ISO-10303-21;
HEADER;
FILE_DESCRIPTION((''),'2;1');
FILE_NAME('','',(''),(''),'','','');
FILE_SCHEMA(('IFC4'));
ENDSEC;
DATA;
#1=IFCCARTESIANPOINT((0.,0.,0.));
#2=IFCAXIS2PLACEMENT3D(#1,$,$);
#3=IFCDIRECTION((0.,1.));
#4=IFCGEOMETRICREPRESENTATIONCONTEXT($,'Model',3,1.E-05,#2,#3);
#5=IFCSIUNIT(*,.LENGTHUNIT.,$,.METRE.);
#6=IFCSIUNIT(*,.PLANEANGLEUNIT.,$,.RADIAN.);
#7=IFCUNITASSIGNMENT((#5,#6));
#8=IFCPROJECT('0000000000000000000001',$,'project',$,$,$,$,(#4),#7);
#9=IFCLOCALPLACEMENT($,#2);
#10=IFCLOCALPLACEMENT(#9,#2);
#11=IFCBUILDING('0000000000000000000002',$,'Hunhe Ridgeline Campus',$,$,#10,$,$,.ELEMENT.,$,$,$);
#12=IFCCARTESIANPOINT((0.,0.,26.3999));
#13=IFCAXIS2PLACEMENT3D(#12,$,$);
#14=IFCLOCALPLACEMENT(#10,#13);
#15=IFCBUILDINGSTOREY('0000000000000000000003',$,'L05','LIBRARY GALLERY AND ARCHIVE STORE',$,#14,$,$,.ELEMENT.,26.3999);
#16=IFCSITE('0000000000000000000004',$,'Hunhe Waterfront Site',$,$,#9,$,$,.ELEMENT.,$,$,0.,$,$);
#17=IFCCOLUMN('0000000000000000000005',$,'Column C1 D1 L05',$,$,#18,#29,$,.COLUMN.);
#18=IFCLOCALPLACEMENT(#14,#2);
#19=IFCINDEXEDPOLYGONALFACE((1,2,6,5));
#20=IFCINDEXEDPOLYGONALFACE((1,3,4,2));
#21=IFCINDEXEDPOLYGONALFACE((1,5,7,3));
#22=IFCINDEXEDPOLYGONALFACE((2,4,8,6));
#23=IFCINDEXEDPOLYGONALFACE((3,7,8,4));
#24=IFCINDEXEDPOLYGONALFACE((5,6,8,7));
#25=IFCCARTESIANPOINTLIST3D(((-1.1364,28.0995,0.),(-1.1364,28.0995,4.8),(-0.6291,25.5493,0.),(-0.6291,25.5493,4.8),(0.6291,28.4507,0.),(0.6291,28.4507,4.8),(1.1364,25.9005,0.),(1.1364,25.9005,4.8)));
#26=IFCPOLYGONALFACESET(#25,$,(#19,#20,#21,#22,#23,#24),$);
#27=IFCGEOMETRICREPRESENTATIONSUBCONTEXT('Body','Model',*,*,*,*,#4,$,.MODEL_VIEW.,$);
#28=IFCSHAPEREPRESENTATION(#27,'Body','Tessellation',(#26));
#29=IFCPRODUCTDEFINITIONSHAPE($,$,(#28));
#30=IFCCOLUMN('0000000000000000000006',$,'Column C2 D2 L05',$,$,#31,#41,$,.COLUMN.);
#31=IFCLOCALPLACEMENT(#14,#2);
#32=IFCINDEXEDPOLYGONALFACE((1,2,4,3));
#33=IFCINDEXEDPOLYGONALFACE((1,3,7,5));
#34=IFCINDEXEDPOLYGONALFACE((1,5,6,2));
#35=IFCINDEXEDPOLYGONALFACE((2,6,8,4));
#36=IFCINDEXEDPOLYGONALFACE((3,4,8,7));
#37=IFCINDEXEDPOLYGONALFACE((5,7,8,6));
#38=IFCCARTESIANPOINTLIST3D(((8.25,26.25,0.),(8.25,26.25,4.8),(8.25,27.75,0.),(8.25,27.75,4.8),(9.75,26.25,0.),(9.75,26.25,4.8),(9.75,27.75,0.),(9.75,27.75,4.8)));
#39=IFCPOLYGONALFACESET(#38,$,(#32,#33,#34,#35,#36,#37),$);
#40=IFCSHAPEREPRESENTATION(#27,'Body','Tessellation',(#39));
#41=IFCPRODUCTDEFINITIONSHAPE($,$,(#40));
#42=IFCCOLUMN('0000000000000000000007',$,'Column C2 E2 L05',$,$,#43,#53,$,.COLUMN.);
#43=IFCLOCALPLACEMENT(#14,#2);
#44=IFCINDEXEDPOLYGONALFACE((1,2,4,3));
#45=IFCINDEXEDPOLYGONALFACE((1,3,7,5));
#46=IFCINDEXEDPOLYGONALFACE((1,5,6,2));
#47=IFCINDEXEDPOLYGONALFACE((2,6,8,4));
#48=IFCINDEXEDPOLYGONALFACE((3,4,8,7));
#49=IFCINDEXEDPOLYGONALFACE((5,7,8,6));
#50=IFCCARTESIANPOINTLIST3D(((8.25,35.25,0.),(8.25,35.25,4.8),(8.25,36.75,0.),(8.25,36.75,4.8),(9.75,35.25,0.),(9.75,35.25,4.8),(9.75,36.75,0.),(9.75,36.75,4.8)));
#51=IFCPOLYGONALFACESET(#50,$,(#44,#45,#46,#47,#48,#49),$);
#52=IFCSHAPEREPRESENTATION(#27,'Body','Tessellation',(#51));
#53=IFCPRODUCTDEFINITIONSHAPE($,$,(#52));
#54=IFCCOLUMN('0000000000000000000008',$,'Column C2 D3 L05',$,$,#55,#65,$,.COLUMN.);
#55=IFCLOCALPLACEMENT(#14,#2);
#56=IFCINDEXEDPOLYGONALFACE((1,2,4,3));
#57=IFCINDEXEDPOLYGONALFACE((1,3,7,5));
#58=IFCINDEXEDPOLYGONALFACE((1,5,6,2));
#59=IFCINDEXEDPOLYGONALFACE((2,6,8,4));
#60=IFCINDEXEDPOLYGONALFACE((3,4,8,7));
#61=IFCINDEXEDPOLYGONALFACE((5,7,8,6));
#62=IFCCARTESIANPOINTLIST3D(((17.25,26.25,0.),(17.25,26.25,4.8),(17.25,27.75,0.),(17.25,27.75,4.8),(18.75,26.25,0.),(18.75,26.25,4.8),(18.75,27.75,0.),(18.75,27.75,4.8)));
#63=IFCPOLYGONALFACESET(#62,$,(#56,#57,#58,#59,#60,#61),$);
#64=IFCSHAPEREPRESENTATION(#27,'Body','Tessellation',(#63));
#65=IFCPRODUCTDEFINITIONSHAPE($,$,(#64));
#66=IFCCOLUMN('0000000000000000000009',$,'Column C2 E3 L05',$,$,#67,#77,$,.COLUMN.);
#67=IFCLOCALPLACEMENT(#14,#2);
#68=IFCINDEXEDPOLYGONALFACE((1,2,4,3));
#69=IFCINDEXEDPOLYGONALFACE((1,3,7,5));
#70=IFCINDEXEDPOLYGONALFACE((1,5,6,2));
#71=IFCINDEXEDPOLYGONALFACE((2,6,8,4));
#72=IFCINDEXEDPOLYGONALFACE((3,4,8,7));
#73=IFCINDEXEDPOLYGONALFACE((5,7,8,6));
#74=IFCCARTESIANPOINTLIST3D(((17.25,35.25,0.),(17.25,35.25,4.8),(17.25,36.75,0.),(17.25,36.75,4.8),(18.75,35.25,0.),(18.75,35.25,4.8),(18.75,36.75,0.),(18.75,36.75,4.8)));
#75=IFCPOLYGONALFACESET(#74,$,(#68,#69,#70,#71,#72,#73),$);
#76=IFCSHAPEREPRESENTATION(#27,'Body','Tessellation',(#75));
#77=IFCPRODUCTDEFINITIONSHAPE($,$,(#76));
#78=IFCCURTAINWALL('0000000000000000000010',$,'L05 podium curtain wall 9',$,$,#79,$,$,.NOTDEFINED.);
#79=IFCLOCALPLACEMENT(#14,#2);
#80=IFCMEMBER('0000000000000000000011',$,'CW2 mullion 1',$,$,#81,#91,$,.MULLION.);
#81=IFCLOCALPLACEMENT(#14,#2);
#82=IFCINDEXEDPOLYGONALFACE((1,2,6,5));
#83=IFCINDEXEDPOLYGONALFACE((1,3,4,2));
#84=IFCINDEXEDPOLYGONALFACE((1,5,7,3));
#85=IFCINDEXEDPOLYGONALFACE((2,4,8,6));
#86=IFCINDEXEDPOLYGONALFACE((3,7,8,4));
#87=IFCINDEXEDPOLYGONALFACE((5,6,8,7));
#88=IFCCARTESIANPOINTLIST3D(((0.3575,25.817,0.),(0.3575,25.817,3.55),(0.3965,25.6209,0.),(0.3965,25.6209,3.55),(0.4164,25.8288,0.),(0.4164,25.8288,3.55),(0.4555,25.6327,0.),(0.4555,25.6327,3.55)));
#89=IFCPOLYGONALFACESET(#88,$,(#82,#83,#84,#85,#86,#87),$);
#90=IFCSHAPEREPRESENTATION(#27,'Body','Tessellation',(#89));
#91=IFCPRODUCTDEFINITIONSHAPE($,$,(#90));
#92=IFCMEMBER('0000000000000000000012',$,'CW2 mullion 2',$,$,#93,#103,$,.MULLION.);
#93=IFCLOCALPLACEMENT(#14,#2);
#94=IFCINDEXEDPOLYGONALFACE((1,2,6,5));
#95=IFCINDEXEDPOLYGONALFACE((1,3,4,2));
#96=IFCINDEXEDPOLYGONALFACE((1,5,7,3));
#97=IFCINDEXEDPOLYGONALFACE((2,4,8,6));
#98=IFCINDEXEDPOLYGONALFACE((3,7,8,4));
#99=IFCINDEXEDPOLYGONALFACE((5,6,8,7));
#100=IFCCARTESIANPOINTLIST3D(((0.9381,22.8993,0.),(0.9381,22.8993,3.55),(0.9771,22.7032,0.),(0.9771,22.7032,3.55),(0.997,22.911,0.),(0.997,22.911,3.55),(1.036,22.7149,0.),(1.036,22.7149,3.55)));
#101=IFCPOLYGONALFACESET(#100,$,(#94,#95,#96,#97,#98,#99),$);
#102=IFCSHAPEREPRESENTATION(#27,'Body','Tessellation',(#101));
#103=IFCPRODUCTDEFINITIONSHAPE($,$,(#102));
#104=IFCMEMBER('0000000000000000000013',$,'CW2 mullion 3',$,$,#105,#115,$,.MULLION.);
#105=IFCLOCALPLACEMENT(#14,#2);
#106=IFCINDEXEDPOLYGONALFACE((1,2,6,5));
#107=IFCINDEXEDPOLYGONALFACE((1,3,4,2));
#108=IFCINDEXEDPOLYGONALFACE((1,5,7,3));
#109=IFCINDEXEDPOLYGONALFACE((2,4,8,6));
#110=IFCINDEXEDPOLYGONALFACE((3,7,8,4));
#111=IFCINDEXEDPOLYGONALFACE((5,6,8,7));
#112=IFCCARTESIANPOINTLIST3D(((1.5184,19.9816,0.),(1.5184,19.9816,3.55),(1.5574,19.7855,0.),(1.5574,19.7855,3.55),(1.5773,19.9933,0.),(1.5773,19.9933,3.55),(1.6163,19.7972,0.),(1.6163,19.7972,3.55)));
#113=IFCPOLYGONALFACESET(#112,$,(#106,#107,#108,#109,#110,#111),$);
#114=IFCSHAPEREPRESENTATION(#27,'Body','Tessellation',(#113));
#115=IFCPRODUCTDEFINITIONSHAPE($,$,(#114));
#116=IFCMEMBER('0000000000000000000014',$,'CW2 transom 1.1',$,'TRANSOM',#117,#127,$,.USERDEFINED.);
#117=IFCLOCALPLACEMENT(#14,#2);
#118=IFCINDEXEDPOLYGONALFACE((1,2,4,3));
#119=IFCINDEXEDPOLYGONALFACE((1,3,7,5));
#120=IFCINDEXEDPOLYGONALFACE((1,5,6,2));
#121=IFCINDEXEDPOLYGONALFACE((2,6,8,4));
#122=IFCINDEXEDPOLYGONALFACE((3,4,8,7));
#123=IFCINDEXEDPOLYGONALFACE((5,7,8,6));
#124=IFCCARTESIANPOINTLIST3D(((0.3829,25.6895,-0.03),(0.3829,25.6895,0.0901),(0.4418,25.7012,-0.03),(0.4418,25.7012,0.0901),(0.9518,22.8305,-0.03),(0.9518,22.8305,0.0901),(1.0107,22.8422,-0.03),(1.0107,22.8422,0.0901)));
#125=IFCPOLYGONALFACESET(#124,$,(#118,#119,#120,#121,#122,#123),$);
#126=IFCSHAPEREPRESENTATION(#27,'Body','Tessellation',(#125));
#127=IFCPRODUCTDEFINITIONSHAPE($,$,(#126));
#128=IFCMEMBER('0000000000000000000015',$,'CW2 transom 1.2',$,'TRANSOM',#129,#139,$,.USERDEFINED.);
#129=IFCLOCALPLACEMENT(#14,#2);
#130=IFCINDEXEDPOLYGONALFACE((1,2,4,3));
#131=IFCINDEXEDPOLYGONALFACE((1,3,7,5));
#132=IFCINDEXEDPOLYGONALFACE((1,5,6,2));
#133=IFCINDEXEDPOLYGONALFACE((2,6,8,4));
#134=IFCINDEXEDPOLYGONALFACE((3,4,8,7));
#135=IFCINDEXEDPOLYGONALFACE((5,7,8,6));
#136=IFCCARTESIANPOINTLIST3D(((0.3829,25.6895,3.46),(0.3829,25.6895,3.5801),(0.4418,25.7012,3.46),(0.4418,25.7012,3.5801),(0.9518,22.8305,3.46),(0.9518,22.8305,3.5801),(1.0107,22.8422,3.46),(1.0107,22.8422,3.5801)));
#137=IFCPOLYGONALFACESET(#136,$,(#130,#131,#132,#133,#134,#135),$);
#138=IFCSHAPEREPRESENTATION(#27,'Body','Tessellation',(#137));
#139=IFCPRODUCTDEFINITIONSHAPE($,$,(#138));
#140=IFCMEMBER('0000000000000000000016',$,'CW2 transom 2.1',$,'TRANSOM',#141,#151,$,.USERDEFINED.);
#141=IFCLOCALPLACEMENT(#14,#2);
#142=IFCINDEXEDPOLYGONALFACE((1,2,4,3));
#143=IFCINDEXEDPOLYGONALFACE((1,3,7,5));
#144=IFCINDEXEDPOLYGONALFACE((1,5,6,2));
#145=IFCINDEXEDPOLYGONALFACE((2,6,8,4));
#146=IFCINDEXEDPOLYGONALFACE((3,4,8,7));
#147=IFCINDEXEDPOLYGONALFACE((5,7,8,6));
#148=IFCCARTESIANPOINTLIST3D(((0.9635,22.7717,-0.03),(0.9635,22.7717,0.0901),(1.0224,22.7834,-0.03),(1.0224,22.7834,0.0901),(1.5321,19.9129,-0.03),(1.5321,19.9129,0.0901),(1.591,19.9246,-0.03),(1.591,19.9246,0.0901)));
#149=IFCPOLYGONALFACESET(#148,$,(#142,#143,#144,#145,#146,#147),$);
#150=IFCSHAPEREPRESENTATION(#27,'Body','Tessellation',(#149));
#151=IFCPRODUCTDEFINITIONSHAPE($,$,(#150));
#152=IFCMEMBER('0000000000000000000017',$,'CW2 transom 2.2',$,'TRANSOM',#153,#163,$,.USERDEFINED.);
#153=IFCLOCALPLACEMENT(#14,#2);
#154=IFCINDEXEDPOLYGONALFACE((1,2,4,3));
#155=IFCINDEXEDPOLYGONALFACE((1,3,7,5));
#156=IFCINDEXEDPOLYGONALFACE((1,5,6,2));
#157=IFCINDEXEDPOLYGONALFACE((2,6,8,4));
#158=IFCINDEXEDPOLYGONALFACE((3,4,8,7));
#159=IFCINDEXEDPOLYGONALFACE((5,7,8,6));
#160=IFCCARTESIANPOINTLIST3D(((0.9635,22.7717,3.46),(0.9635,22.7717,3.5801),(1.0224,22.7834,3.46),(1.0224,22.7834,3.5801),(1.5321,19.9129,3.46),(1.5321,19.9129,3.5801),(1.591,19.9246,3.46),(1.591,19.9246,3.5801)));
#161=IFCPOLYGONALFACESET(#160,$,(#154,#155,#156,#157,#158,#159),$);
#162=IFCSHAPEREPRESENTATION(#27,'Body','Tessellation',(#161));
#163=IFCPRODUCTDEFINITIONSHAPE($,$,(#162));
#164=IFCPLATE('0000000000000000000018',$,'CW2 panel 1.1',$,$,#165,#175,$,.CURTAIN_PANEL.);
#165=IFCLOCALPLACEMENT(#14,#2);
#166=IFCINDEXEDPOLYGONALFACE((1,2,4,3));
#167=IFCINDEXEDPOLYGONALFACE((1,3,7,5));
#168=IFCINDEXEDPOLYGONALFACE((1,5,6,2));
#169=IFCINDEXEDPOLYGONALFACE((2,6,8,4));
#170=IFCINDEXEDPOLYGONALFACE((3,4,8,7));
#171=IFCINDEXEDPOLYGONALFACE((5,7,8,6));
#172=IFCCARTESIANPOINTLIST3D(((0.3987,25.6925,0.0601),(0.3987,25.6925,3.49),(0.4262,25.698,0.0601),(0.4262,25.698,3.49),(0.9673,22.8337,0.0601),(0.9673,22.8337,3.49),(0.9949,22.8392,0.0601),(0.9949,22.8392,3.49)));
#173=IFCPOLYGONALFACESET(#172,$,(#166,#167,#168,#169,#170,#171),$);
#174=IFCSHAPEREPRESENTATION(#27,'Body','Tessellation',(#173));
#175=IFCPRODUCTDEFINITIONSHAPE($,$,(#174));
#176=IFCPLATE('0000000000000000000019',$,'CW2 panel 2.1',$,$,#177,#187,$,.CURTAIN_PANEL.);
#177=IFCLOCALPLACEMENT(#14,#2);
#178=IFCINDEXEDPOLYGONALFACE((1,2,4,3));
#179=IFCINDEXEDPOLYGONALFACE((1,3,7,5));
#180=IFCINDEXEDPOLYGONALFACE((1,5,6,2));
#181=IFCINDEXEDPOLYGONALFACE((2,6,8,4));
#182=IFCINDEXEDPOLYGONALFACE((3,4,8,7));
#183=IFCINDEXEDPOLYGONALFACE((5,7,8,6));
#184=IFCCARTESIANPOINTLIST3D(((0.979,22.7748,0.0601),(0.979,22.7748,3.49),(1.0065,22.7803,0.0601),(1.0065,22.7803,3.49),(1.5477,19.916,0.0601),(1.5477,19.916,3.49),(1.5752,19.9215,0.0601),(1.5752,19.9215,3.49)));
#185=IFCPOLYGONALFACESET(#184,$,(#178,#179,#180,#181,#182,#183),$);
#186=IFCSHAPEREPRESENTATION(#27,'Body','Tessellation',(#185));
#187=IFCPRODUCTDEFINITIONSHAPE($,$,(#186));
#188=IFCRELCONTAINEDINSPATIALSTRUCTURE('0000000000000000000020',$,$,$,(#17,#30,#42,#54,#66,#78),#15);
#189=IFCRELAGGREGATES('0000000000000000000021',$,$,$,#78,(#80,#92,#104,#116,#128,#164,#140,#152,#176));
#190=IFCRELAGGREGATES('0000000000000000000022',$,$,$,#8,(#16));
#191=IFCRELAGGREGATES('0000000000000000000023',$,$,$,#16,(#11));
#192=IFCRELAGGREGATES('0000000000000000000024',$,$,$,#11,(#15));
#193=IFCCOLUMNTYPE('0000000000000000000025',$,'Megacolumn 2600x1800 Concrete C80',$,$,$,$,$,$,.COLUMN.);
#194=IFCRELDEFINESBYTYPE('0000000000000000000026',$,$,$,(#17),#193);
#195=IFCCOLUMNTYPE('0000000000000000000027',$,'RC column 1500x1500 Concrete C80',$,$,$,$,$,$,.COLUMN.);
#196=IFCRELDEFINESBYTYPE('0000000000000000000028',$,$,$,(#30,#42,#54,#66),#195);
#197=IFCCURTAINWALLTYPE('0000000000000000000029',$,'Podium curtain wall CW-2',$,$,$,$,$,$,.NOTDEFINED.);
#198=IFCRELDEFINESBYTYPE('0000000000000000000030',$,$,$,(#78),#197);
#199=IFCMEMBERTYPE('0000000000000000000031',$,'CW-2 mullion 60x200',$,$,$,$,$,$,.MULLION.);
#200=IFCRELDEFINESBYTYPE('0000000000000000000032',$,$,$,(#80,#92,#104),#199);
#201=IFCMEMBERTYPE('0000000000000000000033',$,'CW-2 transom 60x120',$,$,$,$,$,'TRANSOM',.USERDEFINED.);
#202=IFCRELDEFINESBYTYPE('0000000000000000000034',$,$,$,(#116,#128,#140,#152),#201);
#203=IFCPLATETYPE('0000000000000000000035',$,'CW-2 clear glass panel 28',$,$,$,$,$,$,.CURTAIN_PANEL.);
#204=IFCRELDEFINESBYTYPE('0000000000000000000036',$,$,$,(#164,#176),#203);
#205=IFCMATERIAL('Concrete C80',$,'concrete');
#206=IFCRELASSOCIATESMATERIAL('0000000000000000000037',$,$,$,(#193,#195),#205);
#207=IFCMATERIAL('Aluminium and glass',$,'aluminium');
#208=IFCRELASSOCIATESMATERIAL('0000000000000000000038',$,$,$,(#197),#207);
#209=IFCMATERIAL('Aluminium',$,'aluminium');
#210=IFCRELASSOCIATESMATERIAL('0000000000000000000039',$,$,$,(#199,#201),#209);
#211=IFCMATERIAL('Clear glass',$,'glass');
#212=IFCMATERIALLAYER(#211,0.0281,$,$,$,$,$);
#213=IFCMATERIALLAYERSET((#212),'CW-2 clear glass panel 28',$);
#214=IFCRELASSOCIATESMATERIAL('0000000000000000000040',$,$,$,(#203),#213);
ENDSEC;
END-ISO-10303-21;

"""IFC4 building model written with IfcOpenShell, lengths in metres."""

from ifc_helpers import new_model, si_unit, direction, frame, origin, origin_2d, place, context, subcontext, project, spatial, rectangle, extrude, material, layer, layer_set, material_profile, profile_set, type_object, element, aggregate, save


model = new_model("IFC4")

# Units and contexts
model_context = context("Model", 3, precision=1e-05, world=origin(), true_north=direction((0.0, 1.0)))
body_context = subcontext(model_context, "Body", "Model", "MODEL_VIEW")
ifc_project = project(units=[si_unit("LENGTHUNIT", "METRE"), si_unit("PLANEANGLEUNIT", "RADIAN")], contexts=[model_context])

# Site, building, storey
site_placement = place(None, origin())
site = spatial("IfcSite", under=ifc_project, at=site_placement, Name="Hunhe Waterfront Site", CompositionType="ELEMENT", RefElevation=0.0)
building_placement = place(site_placement, origin())
building = spatial("IfcBuilding", under=site, at=building_placement, Name="Hunhe Ridgeline Campus", CompositionType="ELEMENT")
storey_placement = place(building_placement, frame((0.0, 0.0, 26.3999)))
storey = spatial("IfcBuildingStorey", under=building, at=storey_placement, Name="L05", Description="LIBRARY GALLERY AND ARCHIVE STORE", CompositionType="ELEMENT", Elevation=26.3999)

# Columns
ifc_material_1 = material(Name="Concrete C80", Category="concrete")
ifc_material_profile_1 = material_profile(ifc_material_1, rectangle(XDim=2.6001, YDim=1.8, at=origin_2d()))
ifc_profile_set_1 = profile_set([ifc_material_profile_1], Name="Concrete C80")
column_type_1 = type_object("IfcColumnType", Name="Megacolumn 2600x1800 Concrete C80", PredefinedType="COLUMN", material=ifc_profile_set_1)
column_placement = place(storey_placement, frame((0.0, 27.0, 0.0), z_axis=(0.0, 0.0, 1.0), x_axis=(-0.19509, 0.980785, 0.0)))
element("IfcColumn", 1, at=column_placement, inside=storey, type_object=column_type_1, Name="Column C1 D1 L05", PredefinedType="COLUMN", context=body_context, shape_type="SweptSolid", body=[
    extrude(rectangle(XDim=2.6001, YDim=1.8, at=origin_2d()), origin(), (0.0, 0.0, 1.0), 4.8),
])
ifc_material_profile_2 = material_profile(ifc_material_1, rectangle(XDim=1.5, YDim=1.5, at=origin_2d()))
ifc_profile_set_2 = profile_set([ifc_material_profile_2], Name="Concrete C80")
column_type_2 = type_object("IfcColumnType", Name="RC column 1500x1500 Concrete C80", PredefinedType="COLUMN", material=ifc_profile_set_2)
for number, where, z_axis, x_axis, name in (
    (2, (9.0, 27.0, 0.0), (0.0, 0.0, 1.0), (1.0, 0.0, 0.0), "Column C2 D2 L05"),
    (3, (9.0, 36.0, 0.0), (0.0, 0.0, 1.0), (1.0, 0.0, 0.0), "Column C2 E2 L05"),
    (4, (18.0, 27.0, 0.0), (0.0, 0.0, 1.0), (1.0, 0.0, 0.0), "Column C2 D3 L05"),
    (5, (18.0, 36.0, 0.0), (0.0, 0.0, 1.0), (1.0, 0.0, 0.0), "Column C2 E3 L05"),
):
    element("IfcColumn", number, at=place(storey_placement, frame(where, z_axis=z_axis, x_axis=x_axis)), inside=storey, type_object=column_type_2, Name=name, PredefinedType="COLUMN", context=body_context, shape_type="SweptSolid", body=[
        extrude(rectangle(XDim=1.5, YDim=1.5, at=origin_2d()), origin(), (0.0, 0.0, 1.0), 4.8),
    ])

# Curtain wall, members, plates
ifc_material_2 = material(Name="Aluminium and glass", Category="aluminium")
curtain_wall_type = type_object("IfcCurtainWallType", Name="Podium curtain wall CW-2", PredefinedType="NOTDEFINED", material=ifc_material_2)
curtain_wall_placement = place(storey_placement, origin())
curtain_wall = element("IfcCurtainWall", 6, at=curtain_wall_placement, inside=storey, type_object=curtain_wall_type, Name="L05 podium curtain wall 9", PredefinedType="NOTDEFINED")
ifc_material_3 = material(Name="Aluminium", Category="aluminium")
ifc_material_profile_3 = material_profile(ifc_material_3, rectangle(XDim=0.0601, YDim=0.2, at=origin_2d()))
ifc_profile_set_3 = profile_set([ifc_material_profile_3], Name="Aluminium")
member_type_1 = type_object("IfcMemberType", Name="CW-2 mullion 60x200", PredefinedType="MULLION", material=ifc_profile_set_3)
member_1_placement = place(storey_placement, frame((0.4065, 25.7249, 0.0), z_axis=(0.0, 0.0, 1.0), x_axis=(0.980784, 0.195098, 0.0)))
member_1 = element("IfcMember", 7, at=member_1_placement, type_object=member_type_1, Name="CW2 mullion 1", PredefinedType="MULLION", context=body_context, shape_type="SweptSolid", body=[
    extrude(rectangle(XDim=0.0601, YDim=0.2, at=origin_2d()), origin(), (0.0, 0.0, 1.0), 3.55),
])
member_2_placement = place(storey_placement, frame((0.9871, 22.8071, 0.0), z_axis=(0.0, 0.0, 1.0), x_axis=(0.980784, 0.195098, 0.0)))
member_2 = element("IfcMember", 8, at=member_2_placement, type_object=member_type_1, Name="CW2 mullion 2", PredefinedType="MULLION", context=body_context, shape_type="SweptSolid", body=[
    extrude(rectangle(XDim=0.0601, YDim=0.2, at=origin_2d()), origin(), (0.0, 0.0, 1.0), 3.55),
])
member_3_placement = place(storey_placement, frame((1.5674, 19.8894, 0.0), z_axis=(0.0, 0.0, 1.0), x_axis=(0.980784, 0.195098, 0.0)))
member_3 = element("IfcMember", 9, at=member_3_placement, type_object=member_type_1, Name="CW2 mullion 3", PredefinedType="MULLION", context=body_context, shape_type="SweptSolid", body=[
    extrude(rectangle(XDim=0.0601, YDim=0.2, at=origin_2d()), origin(), (0.0, 0.0, 1.0), 3.55),
])
ifc_material_profile_4 = material_profile(ifc_material_3, rectangle(XDim=0.0601, YDim=0.1201, at=origin_2d()))
ifc_profile_set_4 = profile_set([ifc_material_profile_4], Name="Aluminium")
member_type_2 = type_object("IfcMemberType", Name="CW-2 transom 60x120", ElementType="TRANSOM", PredefinedType="USERDEFINED", material=ifc_profile_set_4)
member_4_placement = place(storey_placement, frame((0.4124, 25.6953, 0.03), z_axis=(0.19515, -0.980773, 0.0), x_axis=(0.980773, 0.19515, 0.0)))
member_4 = element("IfcMember", 10, at=member_4_placement, type_object=member_type_2, Name="CW2 transom 1.1", ObjectType="TRANSOM", PredefinedType="USERDEFINED", context=body_context, shape_type="SweptSolid", body=[
    extrude(rectangle(XDim=0.0601, YDim=0.1201, at=origin_2d()), origin(), (0.0, 0.0, 1.0), 2.915),
])
member_5_placement = place(storey_placement, frame((0.4124, 25.6953, 3.52), z_axis=(0.19515, -0.980773, 0.0), x_axis=(0.980773, 0.19515, 0.0)))
member_5 = element("IfcMember", 11, at=member_5_placement, type_object=member_type_2, Name="CW2 transom 1.2", ObjectType="TRANSOM", PredefinedType="USERDEFINED", context=body_context, shape_type="SweptSolid", body=[
    extrude(rectangle(XDim=0.0601, YDim=0.1201, at=origin_2d()), origin(), (0.0, 0.0, 1.0), 2.915),
])
member_6_placement = place(storey_placement, frame((0.9929, 22.7776, 0.03), z_axis=(0.195069, -0.98079, 0.0), x_axis=(0.98079, 0.195069, 0.0)))
member_6 = element("IfcMember", 12, at=member_6_placement, type_object=member_type_2, Name="CW2 transom 2.1", ObjectType="TRANSOM", PredefinedType="USERDEFINED", context=body_context, shape_type="SweptSolid", body=[
    extrude(rectangle(XDim=0.0601, YDim=0.1201, at=origin_2d()), origin(), (0.0, 0.0, 1.0), 2.9148),
])
member_7_placement = place(storey_placement, frame((0.9929, 22.7776, 3.52), z_axis=(0.195069, -0.98079, 0.0), x_axis=(0.98079, 0.195069, 0.0)))
member_7 = element("IfcMember", 13, at=member_7_placement, type_object=member_type_2, Name="CW2 transom 2.2", ObjectType="TRANSOM", PredefinedType="USERDEFINED", context=body_context, shape_type="SweptSolid", body=[
    extrude(rectangle(XDim=0.0601, YDim=0.1201, at=origin_2d()), origin(), (0.0, 0.0, 1.0), 2.9148),
])
ifc_material_4 = material(Name="Clear glass", Category="glass")
ifc_layer_1 = layer(ifc_material_4, 0.0281)
ifc_layer_set_1 = layer_set([ifc_layer_1], Name="CW-2 clear glass panel 28")
plate_type = type_object("IfcPlateType", Name="CW-2 clear glass panel 28", PredefinedType="CURTAIN_PANEL", material=ifc_layer_set_1)
plate_1_placement = place(storey_placement, frame((0.6968, 24.2659, 0.0601), z_axis=(0.0, 0.0, 1.0), x_axis=(0.195098, -0.980784, 0.0)))
plate_1 = element("IfcPlate", 14, at=plate_1_placement, type_object=plate_type, Name="CW2 panel 1.1", PredefinedType="CURTAIN_PANEL", context=body_context, shape_type="SweptSolid", body=[
    extrude(rectangle(XDim=2.9148, YDim=0.0281, at=origin_2d()), origin(), (0.0, 0.0, 1.0), 3.4299),
])
plate_2_placement = place(storey_placement, frame((1.2771, 21.3481, 0.0601), z_axis=(0.0, 0.0, 1.0), x_axis=(0.195098, -0.980784, 0.0)))
plate_2 = element("IfcPlate", 15, at=plate_2_placement, type_object=plate_type, Name="CW2 panel 2.1", PredefinedType="CURTAIN_PANEL", context=body_context, shape_type="SweptSolid", body=[
    extrude(rectangle(XDim=2.9148, YDim=0.0281, at=origin_2d()), origin(), (0.0, 0.0, 1.0), 3.4299),
])
aggregate(curtain_wall, [member_1, member_2, member_3, member_4, member_5, plate_1, member_6, member_7, plate_2])

save(model, "model.ifc")
